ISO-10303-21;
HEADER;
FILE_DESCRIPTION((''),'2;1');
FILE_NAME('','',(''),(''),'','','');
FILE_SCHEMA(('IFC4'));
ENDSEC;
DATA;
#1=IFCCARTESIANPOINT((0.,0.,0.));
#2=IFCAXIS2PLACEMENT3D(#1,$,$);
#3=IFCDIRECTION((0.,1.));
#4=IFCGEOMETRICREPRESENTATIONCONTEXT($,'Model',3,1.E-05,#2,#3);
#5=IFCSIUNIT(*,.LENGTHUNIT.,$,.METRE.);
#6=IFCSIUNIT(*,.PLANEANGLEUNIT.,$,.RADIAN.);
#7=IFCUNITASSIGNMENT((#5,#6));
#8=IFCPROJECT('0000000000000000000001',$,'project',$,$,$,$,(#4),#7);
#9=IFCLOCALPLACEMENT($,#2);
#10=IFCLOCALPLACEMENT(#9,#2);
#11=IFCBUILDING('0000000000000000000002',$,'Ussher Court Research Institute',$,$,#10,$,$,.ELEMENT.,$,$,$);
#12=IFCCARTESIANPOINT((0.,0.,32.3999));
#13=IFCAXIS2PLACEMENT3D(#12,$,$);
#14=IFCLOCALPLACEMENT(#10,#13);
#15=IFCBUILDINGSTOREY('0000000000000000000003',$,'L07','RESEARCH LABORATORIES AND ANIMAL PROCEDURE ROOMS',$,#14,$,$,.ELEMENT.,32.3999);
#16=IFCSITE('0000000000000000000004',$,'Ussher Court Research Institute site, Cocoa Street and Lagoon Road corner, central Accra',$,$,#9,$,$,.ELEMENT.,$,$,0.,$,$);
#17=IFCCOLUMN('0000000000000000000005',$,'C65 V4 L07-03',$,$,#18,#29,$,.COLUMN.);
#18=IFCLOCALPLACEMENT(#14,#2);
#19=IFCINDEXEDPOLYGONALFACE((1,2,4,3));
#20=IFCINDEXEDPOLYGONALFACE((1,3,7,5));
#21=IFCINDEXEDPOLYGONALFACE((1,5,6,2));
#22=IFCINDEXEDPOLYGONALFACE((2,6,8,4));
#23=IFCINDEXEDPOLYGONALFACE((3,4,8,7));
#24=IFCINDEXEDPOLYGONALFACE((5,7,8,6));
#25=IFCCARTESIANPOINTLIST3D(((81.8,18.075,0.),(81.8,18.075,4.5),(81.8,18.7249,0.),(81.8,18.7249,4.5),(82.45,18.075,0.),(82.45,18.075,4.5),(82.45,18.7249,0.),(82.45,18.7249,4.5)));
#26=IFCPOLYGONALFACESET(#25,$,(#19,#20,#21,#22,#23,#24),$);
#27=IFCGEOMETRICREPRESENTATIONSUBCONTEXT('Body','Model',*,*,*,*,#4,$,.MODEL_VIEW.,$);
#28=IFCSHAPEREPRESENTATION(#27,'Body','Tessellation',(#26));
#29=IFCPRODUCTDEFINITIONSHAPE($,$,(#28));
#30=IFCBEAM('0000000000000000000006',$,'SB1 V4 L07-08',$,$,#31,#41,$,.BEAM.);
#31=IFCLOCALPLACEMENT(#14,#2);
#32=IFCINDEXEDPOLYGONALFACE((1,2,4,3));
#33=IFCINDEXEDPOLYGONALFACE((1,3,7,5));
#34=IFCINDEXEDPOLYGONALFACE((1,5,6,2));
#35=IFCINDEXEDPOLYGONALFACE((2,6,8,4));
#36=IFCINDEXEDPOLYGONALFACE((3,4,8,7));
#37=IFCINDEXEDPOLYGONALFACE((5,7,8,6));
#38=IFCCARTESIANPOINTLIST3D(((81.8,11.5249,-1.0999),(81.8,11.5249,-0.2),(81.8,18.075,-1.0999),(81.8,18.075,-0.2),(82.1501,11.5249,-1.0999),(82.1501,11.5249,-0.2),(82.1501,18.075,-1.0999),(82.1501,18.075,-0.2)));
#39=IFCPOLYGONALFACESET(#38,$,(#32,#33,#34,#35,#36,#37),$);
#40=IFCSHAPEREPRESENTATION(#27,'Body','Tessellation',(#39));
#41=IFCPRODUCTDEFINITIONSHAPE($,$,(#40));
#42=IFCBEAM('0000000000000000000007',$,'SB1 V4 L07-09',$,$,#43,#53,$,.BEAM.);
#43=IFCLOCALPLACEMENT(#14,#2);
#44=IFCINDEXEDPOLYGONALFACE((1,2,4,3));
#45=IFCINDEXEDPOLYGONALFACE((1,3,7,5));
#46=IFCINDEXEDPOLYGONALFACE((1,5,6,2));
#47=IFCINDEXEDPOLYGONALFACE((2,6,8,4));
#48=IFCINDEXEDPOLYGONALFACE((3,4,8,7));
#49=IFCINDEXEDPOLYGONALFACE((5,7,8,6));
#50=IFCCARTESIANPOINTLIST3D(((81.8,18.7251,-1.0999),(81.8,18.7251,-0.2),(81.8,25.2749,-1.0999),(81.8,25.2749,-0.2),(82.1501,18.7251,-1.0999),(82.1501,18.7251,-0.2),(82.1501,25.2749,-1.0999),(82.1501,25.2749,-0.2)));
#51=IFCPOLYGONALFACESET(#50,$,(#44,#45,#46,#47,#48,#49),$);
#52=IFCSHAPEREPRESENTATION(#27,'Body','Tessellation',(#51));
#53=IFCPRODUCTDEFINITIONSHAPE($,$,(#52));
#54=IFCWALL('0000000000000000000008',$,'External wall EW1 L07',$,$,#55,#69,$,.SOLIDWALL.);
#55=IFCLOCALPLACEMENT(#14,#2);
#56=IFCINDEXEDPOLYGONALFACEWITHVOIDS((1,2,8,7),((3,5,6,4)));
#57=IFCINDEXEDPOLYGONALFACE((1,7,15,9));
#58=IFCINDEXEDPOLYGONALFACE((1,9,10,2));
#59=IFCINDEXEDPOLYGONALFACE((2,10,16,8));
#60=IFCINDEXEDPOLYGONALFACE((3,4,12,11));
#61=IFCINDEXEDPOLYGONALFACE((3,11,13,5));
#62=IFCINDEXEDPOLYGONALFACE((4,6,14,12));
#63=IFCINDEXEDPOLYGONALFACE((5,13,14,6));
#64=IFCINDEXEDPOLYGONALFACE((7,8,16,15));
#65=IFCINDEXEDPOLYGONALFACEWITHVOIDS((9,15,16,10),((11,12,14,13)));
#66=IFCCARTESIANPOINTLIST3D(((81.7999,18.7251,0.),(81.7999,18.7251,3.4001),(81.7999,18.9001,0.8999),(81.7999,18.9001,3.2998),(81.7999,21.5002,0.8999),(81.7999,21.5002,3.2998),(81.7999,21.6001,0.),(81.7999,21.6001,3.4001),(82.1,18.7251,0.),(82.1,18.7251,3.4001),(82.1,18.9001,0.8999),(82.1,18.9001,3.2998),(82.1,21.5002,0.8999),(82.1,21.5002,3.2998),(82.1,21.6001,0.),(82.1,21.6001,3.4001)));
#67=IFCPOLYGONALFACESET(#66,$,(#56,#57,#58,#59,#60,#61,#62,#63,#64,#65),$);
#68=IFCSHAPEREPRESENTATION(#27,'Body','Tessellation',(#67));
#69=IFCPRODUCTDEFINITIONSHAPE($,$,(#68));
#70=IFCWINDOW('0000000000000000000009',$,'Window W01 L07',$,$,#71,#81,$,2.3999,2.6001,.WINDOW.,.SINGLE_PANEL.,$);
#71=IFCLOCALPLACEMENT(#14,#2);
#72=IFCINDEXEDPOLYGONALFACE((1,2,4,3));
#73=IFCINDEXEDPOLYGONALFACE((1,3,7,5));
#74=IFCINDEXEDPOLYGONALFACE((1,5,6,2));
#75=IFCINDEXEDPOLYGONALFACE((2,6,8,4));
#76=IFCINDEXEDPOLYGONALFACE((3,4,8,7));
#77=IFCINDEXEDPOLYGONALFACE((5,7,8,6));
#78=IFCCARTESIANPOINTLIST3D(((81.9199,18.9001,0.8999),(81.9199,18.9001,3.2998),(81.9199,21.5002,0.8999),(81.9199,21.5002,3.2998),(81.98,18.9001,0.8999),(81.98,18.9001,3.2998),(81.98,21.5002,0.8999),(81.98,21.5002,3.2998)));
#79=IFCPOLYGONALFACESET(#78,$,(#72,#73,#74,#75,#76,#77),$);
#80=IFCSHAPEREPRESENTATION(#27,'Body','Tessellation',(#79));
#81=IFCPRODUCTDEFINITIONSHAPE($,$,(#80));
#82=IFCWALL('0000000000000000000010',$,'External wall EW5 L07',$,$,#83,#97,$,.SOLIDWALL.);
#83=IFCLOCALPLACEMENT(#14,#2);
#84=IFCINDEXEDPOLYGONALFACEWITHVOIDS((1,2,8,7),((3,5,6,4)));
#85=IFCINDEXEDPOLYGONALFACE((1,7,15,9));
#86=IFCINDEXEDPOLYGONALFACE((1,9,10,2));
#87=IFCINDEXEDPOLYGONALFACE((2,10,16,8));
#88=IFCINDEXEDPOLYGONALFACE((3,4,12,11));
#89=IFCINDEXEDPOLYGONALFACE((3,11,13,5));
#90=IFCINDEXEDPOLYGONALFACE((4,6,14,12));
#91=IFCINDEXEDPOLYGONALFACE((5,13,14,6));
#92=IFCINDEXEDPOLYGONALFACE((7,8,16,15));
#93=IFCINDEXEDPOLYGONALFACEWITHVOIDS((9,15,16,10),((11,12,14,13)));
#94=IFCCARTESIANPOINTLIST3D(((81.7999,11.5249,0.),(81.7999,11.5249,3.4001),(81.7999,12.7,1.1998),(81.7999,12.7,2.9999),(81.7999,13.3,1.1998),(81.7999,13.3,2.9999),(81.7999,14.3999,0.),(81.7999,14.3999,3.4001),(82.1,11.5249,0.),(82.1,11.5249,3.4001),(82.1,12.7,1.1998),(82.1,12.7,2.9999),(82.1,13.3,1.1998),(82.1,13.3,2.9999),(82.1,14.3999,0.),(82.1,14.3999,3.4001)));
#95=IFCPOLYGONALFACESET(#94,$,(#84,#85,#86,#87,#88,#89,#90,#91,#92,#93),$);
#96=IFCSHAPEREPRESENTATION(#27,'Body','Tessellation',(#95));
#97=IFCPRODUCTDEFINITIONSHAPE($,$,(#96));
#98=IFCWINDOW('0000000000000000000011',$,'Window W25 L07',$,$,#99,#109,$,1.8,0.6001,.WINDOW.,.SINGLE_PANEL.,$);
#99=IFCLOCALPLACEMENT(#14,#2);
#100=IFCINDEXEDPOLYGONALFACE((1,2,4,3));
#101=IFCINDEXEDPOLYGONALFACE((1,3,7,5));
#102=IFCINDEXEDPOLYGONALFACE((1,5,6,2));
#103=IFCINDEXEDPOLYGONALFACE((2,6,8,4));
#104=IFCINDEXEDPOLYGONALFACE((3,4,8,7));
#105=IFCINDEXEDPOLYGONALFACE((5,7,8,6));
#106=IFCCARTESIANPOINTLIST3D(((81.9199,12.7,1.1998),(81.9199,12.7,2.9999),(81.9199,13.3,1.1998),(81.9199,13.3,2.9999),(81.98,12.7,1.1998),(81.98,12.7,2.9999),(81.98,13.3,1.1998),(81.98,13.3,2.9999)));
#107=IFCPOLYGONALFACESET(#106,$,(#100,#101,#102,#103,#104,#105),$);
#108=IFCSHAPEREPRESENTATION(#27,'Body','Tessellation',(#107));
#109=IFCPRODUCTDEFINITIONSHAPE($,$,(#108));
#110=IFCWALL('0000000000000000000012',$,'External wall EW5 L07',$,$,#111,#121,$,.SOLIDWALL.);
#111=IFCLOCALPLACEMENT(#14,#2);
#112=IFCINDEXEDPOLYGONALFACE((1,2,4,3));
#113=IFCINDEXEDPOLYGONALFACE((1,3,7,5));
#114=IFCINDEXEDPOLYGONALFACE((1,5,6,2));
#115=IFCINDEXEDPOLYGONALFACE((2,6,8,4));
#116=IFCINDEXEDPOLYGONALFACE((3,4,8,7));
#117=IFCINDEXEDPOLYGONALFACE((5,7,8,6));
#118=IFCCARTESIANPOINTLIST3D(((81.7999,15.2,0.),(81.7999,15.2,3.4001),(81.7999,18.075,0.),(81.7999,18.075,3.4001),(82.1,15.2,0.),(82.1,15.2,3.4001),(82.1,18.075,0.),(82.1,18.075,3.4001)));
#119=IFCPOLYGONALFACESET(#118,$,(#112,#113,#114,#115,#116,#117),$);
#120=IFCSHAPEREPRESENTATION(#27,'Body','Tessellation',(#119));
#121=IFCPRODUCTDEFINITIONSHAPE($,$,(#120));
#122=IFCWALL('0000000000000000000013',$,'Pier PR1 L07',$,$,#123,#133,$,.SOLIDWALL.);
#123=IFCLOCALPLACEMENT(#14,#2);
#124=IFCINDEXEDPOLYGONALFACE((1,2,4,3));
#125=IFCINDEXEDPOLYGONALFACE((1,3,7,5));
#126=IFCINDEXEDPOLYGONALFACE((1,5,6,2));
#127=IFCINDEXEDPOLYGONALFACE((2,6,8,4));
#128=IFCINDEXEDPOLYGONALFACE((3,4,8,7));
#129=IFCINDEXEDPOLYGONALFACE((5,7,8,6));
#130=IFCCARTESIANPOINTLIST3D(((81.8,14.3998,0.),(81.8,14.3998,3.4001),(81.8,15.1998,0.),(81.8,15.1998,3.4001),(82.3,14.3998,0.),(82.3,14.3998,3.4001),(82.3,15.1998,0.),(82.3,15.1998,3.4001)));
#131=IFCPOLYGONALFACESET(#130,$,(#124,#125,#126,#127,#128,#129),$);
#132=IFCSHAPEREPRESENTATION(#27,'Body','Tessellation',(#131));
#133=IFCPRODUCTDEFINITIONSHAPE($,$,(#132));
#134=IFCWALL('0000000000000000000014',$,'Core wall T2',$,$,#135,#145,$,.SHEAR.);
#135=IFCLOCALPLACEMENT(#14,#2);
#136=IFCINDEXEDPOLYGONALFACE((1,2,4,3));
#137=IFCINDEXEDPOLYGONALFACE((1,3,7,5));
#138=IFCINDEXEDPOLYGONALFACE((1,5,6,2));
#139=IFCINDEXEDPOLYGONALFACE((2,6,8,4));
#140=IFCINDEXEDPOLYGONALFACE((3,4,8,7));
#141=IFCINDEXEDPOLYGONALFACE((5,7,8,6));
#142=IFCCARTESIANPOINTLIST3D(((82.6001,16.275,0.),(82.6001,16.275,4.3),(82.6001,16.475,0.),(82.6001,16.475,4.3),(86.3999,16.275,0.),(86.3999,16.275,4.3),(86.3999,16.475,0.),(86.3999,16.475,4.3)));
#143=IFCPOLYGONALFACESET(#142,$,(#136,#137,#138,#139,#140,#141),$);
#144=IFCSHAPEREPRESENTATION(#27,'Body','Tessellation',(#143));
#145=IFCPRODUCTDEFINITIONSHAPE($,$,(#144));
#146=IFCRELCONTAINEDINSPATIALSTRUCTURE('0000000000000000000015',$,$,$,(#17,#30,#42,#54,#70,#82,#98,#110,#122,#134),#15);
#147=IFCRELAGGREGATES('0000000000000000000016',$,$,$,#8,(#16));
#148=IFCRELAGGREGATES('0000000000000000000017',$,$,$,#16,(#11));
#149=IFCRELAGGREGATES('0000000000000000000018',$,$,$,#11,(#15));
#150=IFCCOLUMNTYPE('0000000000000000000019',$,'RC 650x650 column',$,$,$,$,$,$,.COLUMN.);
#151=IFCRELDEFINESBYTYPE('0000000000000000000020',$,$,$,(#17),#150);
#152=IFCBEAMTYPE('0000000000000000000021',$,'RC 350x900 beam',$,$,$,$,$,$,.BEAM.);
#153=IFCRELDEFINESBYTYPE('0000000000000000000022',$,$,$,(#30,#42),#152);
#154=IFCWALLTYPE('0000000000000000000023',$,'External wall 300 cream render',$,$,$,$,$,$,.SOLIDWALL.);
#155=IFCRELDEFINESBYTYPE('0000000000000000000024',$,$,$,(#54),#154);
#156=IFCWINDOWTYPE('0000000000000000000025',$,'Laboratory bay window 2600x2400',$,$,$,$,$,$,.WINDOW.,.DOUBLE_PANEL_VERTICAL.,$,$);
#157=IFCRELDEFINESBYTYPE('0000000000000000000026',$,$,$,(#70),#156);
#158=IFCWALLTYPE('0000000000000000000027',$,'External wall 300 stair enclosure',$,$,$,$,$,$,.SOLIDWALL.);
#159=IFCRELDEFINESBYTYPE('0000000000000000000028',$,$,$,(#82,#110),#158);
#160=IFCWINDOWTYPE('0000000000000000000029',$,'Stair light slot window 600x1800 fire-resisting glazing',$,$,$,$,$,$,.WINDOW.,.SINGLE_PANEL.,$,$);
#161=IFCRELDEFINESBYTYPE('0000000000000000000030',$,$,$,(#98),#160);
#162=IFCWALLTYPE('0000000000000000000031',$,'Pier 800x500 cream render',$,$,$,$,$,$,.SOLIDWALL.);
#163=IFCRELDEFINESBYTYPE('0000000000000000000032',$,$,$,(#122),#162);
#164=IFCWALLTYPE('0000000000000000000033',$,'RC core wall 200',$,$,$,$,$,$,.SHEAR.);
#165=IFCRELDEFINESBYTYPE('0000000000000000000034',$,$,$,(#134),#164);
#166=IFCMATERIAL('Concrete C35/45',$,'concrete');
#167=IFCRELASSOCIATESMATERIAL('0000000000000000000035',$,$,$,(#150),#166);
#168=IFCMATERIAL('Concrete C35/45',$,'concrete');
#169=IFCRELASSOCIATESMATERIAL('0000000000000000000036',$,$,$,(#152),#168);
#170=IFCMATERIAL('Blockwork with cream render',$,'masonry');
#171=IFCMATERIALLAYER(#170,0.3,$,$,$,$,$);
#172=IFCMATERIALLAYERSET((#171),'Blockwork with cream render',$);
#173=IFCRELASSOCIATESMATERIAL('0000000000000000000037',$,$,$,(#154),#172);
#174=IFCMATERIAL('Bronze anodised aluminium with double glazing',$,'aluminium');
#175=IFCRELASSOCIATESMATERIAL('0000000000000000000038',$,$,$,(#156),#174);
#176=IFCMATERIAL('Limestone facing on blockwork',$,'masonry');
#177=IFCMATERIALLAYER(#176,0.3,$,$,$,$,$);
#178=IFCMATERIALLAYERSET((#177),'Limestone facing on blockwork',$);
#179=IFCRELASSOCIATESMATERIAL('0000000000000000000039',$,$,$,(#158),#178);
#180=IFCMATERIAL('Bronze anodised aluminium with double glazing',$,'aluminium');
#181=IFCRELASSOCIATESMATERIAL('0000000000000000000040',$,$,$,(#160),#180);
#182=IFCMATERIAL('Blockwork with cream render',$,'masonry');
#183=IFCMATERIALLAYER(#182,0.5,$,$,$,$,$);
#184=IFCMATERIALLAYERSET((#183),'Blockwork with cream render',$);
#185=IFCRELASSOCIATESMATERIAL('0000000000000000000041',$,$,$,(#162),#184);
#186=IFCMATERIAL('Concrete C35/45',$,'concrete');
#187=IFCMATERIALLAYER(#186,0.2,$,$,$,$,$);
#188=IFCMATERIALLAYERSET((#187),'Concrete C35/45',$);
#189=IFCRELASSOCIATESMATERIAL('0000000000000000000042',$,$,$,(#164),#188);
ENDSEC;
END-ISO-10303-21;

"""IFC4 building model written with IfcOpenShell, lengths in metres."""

from ifc_helpers import new_model, si_unit, direction, frame, frame_2d, origin, origin_2d, place, context, subcontext, project, spatial, rectangle, extrude, material, layer, layer_set, material_profile, profile_set, type_object, element, fill, save


model = new_model("IFC4")

# Units and contexts
model_context = context("Model", 3, precision=1e-05, world=origin(), true_north=direction((0.0, 1.0)))
body_context = subcontext(model_context, "Body", "Model", "MODEL_VIEW")
ifc_project = project(units=[si_unit("LENGTHUNIT", "METRE"), si_unit("PLANEANGLEUNIT", "RADIAN")], contexts=[model_context])

# Site, building, storey
site_placement = place(None, origin())
site = spatial("IfcSite", under=ifc_project, at=site_placement, Name="Ussher Court Research Institute site, Cocoa Street and Lagoon Road corner, central Accra", CompositionType="ELEMENT", RefElevation=0.0)
building_placement = place(site_placement, origin())
building = spatial("IfcBuilding", under=site, at=building_placement, Name="Ussher Court Research Institute", CompositionType="ELEMENT")
storey_placement = place(building_placement, frame((0.0, 0.0, 32.3999)))
storey = spatial("IfcBuildingStorey", under=building, at=storey_placement, Name="L07", Description="RESEARCH LABORATORIES AND ANIMAL PROCEDURE ROOMS", CompositionType="ELEMENT", Elevation=32.3999)

# Column
ifc_material_1 = material(Name="Concrete C35/45", Category="concrete")
ifc_material_profile_1 = material_profile(ifc_material_1, rectangle(XDim=0.6499, YDim=0.6499, at=origin_2d()), Name="RC 650x650")
ifc_profile_set_1 = profile_set([ifc_material_profile_1], Name="Concrete C35/45")
column_type = type_object("IfcColumnType", Name="RC 650x650 column", PredefinedType="COLUMN", material=ifc_profile_set_1)
column_placement = place(storey_placement, frame((82.125, 18.3999, 0.0), z_axis=(0.0, 0.0, 1.0), x_axis=(1.0, 0.0, 0.0)))
element("IfcColumn", 1, at=column_placement, inside=storey, type_object=column_type, Name="C65 V4 L07-03", PredefinedType="COLUMN", context=body_context, shape_type="SweptSolid", body=[
    extrude(rectangle(XDim=0.6499, YDim=0.6499, at=origin_2d()), origin(), (0.0, 0.0, 1.0), 4.5),
])

# Beams
ifc_material_2 = material(Name="Concrete C35/45", Category="concrete")
ifc_material_profile_2 = material_profile(ifc_material_2, rectangle(XDim=0.3501, YDim=0.8999, at=origin_2d()), Name="RC 350x900")
ifc_profile_set_2 = profile_set([ifc_material_profile_2], Name="Concrete C35/45")
beam_type = type_object("IfcBeamType", Name="RC 350x900 beam", PredefinedType="BEAM", material=ifc_profile_set_2)
beam_1_placement = place(storey_placement, frame((81.9751, 11.5249, -0.6499), z_axis=(0.0, 1.0, 0.0), x_axis=(-1.0, 0.0, 0.0)))
element("IfcBeam", 2, at=beam_1_placement, inside=storey, type_object=beam_type, Name="SB1 V4 L07-08", PredefinedType="BEAM", context=body_context, shape_type="SweptSolid", body=[
    extrude(rectangle(XDim=0.3501, YDim=0.8999, at=origin_2d()), origin(), (0.0, 0.0, 1.0), 6.55),
])
beam_2_placement = place(storey_placement, frame((81.9751, 18.7251, -0.6499), z_axis=(0.0, 1.0, 0.0), x_axis=(-1.0, 0.0, 0.0)))
element("IfcBeam", 3, at=beam_2_placement, inside=storey, type_object=beam_type, Name="SB1 V4 L07-09", PredefinedType="BEAM", context=body_context, shape_type="SweptSolid", body=[
    extrude(rectangle(XDim=0.3501, YDim=0.8999, at=origin_2d()), origin(), (0.0, 0.0, 1.0), 6.5498),
])

# Walls, openings, windows
ifc_material_3 = material(Name="Blockwork with cream render", Category="masonry")
ifc_layer_1 = layer(ifc_material_3, 0.3)
ifc_layer_set_1 = layer_set([ifc_layer_1], Name="Blockwork with cream render")
wall_type_1 = type_object("IfcWallType", Name="External wall 300 cream render", PredefinedType="SOLIDWALL", material=ifc_layer_set_1)
wall_1_placement = place(storey_placement, frame((81.95, 18.7251, 0.0), z_axis=(0.0, 0.0, 1.0), x_axis=(0.0, 1.0, 0.0)))
wall_1 = element("IfcWall", 4, at=wall_1_placement, inside=storey, type_object=wall_type_1, Name="External wall EW1 L07", PredefinedType="SOLIDWALL", context=body_context, shape_type="SweptSolid", body=[
    extrude(rectangle(XDim=2.875, YDim=0.3, at=frame_2d((1.4375, 0.0))), origin(), (0.0, 0.0, 1.0), 3.4001),
])
opening_1_placement = place(wall_1_placement, frame((0.175, 0.0, 0.8999)))
opening_1 = element("IfcOpeningElement", 5, at=opening_1_placement, cuts=wall_1, PredefinedType="OPENING", context=body_context, shape_type="SweptSolid", body=[
    extrude(rectangle(XDim=2.6001, YDim=2.3999, at=frame_2d((1.3, 1.2))), frame((0.0, 0.1602, 0.0), z_axis=(0.0, -1.0, 0.0), x_axis=(1.0, 0.0, 0.0)), (0.0, 0.0, 1.0), 0.3201),
])
ifc_material_4 = material(Name="Bronze anodised aluminium with double glazing", Category="aluminium")
window_type_1 = type_object("IfcWindowType", Name="Laboratory bay window 2600x2400", PartitioningType="DOUBLE_PANEL_VERTICAL", PredefinedType="WINDOW", material=ifc_material_4)
window_1_placement = place(opening_1_placement, origin())
window_1 = element("IfcWindow", 6, at=window_1_placement, inside=storey, type_object=window_type_1, Name="Window W01 L07", OverallHeight=2.3999, OverallWidth=2.6001, PartitioningType="SINGLE_PANEL", PredefinedType="WINDOW", context=body_context, shape_type="SweptSolid", body=[
    extrude(rectangle(XDim=2.6001, YDim=2.3999, at=frame_2d((1.3, 1.2))), frame((0.0, 0.03, 0.0), z_axis=(0.0, -1.0, 0.0), x_axis=(1.0, 0.0, 0.0)), (0.0, 0.0, 1.0), 0.0601),
])
fill(opening_1, window_1)
ifc_material_5 = material(Name="Limestone facing on blockwork", Category="masonry")
ifc_layer_2 = layer(ifc_material_5, 0.3)
ifc_layer_set_2 = layer_set([ifc_layer_2], Name="Limestone facing on blockwork")
wall_type_2 = type_object("IfcWallType", Name="External wall 300 stair enclosure", PredefinedType="SOLIDWALL", material=ifc_layer_set_2)
wall_2_placement = place(storey_placement, frame((81.95, 11.5249, 0.0), z_axis=(0.0, 0.0, 1.0), x_axis=(0.0, 1.0, 0.0)))
wall_2 = element("IfcWall", 7, at=wall_2_placement, inside=storey, type_object=wall_type_2, Name="External wall EW5 L07", PredefinedType="SOLIDWALL", context=body_context, shape_type="SweptSolid", body=[
    extrude(rectangle(XDim=2.875, YDim=0.3, at=frame_2d((1.4375, 0.0))), origin(), (0.0, 0.0, 1.0), 3.4001),
])
opening_2_placement = place(wall_2_placement, frame((1.175, 0.0, 1.2)))
opening_2 = element("IfcOpeningElement", 8, at=opening_2_placement, cuts=wall_2, PredefinedType="OPENING", context=body_context, shape_type="SweptSolid", body=[
    extrude(rectangle(XDim=0.6001, YDim=1.8, at=frame_2d((0.3, 0.8999))), frame((0.0, 0.1602, 0.0), z_axis=(0.0, -1.0, 0.0), x_axis=(1.0, 0.0, 0.0)), (0.0, 0.0, 1.0), 0.3201),
])
ifc_material_6 = material(Name="Bronze anodised aluminium with double glazing", Category="aluminium")
window_type_2 = type_object("IfcWindowType", Name="Stair light slot window 600x1800 fire-resisting glazing", PartitioningType="SINGLE_PANEL", PredefinedType="WINDOW", material=ifc_material_6)
window_2_placement = place(opening_2_placement, origin())
window_2 = element("IfcWindow", 9, at=window_2_placement, inside=storey, type_object=window_type_2, Name="Window W25 L07", OverallHeight=1.8, OverallWidth=0.6001, PartitioningType="SINGLE_PANEL", PredefinedType="WINDOW", context=body_context, shape_type="SweptSolid", body=[
    extrude(rectangle(XDim=0.6001, YDim=1.8, at=frame_2d((0.3, 0.8999))), frame((0.0, 0.03, 0.0), z_axis=(0.0, -1.0, 0.0), x_axis=(1.0, 0.0, 0.0)), (0.0, 0.0, 1.0), 0.0601),
])
fill(opening_2, window_2)

# Walls
wall_3_placement = place(storey_placement, frame((81.95, 15.2, 0.0), z_axis=(0.0, 0.0, 1.0), x_axis=(0.0, 1.0, 0.0)))
element("IfcWall", 10, at=wall_3_placement, inside=storey, type_object=wall_type_2, Name="External wall EW5 L07", PredefinedType="SOLIDWALL", context=body_context, shape_type="SweptSolid", body=[
    extrude(rectangle(XDim=2.875, YDim=0.3, at=frame_2d((1.4375, 0.0))), origin(), (0.0, 0.0, 1.0), 3.4001),
])
ifc_material_7 = material(Name="Blockwork with cream render", Category="masonry")
ifc_layer_3 = layer(ifc_material_7, 0.5)
ifc_layer_set_3 = layer_set([ifc_layer_3], Name="Blockwork with cream render")
wall_type_3 = type_object("IfcWallType", Name="Pier 800x500 cream render", PredefinedType="SOLIDWALL", material=ifc_layer_set_3)
wall_4_placement = place(storey_placement, frame((82.05, 14.3999, 0.0), z_axis=(0.0, 0.0, 1.0), x_axis=(0.0, 1.0, 0.0)))
element("IfcWall", 11, at=wall_4_placement, inside=storey, type_object=wall_type_3, Name="Pier PR1 L07", PredefinedType="SOLIDWALL", context=body_context, shape_type="SweptSolid", body=[
    extrude(rectangle(XDim=0.8, YDim=0.5, at=frame_2d((0.3999, 0.0))), origin(), (0.0, 0.0, 1.0), 3.4001),
])
ifc_material_8 = material(Name="Concrete C35/45", Category="concrete")
ifc_layer_4 = layer(ifc_material_8, 0.2)
ifc_layer_set_4 = layer_set([ifc_layer_4], Name="Concrete C35/45")
wall_type_4 = type_object("IfcWallType", Name="RC core wall 200", PredefinedType="SHEAR", material=ifc_layer_set_4)
wall_5_placement = place(storey_placement, frame((82.6001, 16.375, 0.0), z_axis=(0.0, 0.0, 1.0), x_axis=(1.0, 0.0, 0.0)))
element("IfcWall", 12, at=wall_5_placement, inside=storey, type_object=wall_type_4, Name="Core wall T2", PredefinedType="SHEAR", context=body_context, shape_type="SweptSolid", body=[
    extrude(rectangle(XDim=3.7998, YDim=0.2, at=frame_2d((1.8999, 0.0))), origin(), (0.0, 0.0, 1.0), 4.3),
])

save(model, "model.ifc")
